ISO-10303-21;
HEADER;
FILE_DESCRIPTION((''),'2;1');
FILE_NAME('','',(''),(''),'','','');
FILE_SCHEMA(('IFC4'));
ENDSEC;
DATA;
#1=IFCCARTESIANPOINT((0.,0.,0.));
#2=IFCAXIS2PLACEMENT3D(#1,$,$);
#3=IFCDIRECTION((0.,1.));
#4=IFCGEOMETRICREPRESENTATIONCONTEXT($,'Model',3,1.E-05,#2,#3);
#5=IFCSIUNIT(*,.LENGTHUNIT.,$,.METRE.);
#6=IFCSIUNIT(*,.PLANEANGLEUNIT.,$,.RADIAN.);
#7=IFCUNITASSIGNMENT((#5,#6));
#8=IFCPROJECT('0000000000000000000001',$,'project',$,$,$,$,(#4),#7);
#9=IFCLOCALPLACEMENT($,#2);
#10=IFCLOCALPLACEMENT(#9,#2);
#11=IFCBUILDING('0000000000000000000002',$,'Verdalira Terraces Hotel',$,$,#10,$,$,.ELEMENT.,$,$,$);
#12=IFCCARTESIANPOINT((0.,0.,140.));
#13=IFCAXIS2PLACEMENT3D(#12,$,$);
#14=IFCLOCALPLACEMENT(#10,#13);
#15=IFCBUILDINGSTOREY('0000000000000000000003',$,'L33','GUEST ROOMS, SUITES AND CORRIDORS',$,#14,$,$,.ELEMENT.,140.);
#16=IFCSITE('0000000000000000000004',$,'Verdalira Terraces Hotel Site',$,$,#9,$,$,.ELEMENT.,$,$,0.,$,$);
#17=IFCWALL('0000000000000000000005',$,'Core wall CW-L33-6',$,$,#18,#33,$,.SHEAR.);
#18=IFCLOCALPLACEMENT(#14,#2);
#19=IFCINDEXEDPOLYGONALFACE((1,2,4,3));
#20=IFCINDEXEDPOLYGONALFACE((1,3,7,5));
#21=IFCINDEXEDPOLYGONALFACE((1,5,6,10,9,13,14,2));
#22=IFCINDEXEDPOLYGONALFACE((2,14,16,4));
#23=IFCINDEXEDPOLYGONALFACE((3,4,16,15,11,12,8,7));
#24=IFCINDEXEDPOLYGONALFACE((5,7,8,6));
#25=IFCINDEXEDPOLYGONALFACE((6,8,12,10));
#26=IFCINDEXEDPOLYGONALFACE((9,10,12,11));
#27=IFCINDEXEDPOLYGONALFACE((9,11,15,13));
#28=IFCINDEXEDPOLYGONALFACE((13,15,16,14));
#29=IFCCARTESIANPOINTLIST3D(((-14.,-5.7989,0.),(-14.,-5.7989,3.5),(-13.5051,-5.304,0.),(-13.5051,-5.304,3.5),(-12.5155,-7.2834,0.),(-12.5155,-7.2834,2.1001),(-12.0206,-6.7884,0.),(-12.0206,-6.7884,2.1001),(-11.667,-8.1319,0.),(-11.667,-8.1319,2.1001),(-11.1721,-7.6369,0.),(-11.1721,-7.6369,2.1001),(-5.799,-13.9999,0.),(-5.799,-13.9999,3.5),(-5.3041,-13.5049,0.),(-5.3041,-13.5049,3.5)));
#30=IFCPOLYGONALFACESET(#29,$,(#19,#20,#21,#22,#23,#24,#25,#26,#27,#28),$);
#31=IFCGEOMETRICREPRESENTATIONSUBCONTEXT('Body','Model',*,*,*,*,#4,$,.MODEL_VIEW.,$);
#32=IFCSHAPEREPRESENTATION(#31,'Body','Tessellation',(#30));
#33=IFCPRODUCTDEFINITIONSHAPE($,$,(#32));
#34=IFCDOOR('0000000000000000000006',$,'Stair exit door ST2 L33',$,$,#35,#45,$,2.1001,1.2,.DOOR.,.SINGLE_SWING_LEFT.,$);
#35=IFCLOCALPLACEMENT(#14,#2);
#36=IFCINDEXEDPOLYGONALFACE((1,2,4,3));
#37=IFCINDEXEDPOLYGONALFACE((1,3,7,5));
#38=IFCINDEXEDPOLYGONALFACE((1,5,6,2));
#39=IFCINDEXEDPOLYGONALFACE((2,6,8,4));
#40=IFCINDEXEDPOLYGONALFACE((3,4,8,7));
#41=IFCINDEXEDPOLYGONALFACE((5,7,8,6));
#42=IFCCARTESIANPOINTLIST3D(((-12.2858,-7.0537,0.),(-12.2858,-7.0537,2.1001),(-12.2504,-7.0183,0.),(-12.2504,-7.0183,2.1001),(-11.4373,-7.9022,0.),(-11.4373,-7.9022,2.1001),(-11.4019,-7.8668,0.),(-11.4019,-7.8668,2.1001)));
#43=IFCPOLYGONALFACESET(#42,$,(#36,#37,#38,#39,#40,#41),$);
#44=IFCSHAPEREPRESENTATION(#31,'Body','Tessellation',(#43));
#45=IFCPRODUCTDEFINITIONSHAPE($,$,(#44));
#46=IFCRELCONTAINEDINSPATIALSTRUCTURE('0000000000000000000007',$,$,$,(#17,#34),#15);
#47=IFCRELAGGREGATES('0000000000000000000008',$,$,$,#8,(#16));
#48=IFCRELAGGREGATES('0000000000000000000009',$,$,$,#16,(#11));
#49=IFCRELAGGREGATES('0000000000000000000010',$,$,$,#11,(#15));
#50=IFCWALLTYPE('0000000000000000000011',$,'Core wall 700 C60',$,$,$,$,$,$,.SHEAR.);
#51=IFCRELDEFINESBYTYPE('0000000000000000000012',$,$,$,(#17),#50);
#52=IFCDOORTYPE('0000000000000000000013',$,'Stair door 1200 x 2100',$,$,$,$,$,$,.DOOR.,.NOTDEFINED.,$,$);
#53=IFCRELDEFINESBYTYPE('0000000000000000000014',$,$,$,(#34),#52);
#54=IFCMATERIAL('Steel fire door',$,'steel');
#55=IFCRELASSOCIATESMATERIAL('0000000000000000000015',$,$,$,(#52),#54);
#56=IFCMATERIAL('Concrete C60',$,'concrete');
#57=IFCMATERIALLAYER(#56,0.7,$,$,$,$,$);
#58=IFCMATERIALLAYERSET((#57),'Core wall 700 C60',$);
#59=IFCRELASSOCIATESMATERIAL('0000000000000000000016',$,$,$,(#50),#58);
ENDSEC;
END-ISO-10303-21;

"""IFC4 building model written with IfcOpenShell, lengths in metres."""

from ifc_helpers import new_model, si_unit, direction, frame, frame_2d, origin, place, context, subcontext, project, spatial, rectangle, extrude, material, layer, layer_set, type_object, element, fill, save


model = new_model("IFC4")

# Units and contexts
model_context = context("Model", 3, precision=1e-05, world=origin(), true_north=direction((0.0, 1.0)))
body_context = subcontext(model_context, "Body", "Model", "MODEL_VIEW")
ifc_project = project(units=[si_unit("LENGTHUNIT", "METRE"), si_unit("PLANEANGLEUNIT", "RADIAN")], contexts=[model_context])

# Site, building, storey
site_placement = place(None, origin())
site = spatial("IfcSite", under=ifc_project, at=site_placement, Name="Verdalira Terraces Hotel Site", CompositionType="ELEMENT", RefElevation=0.0)
building_placement = place(site_placement, origin())
building = spatial("IfcBuilding", under=site, at=building_placement, Name="Verdalira Terraces Hotel", CompositionType="ELEMENT")
storey_placement = place(building_placement, frame((0.0, 0.0, 140.0)))
storey = spatial("IfcBuildingStorey", under=building, at=storey_placement, Name="L33", Description="GUEST ROOMS, SUITES AND CORRIDORS", CompositionType="ELEMENT", Elevation=140.0)

# Shared definitions
ifc_material_1 = material(Name="Steel fire door", Category="steel")
door_type_1 = type_object("IfcDoorType", Name="Stair door 1200 x 2100", OperationType="NOTDEFINED", PredefinedType="DOOR", material=ifc_material_1)

# Wall, opening, door
ifc_material_2 = material(Name="Concrete C60", Category="concrete")
ifc_layer_1 = layer(ifc_material_2, 0.7)
ifc_layer_set_1 = layer_set([ifc_layer_1], Name="Core wall 700 C60")
wall_type_1 = type_object("IfcWallType", Name="Core wall 700 C60", PredefinedType="SHEAR", material=ifc_layer_set_1)
wall_1_placement = place(storey_placement, frame((-13.7524, -5.5515, 0.0), z_axis=(0.0, 0.0, 1.0), x_axis=(0.707107, -0.707107, 0.0)))
wall_1 = element("IfcWall", 1, at=wall_1_placement, inside=storey, type_object=wall_type_1, Name="Core wall CW-L33-6", PredefinedType="SHEAR", context=body_context, shape_type="SweptSolid", body=[
    extrude(rectangle(XDim=11.5979, YDim=0.7, at=frame_2d((5.7988, 0.0))), origin(), (0.0, 0.0, 1.0), 3.5),
])
opening_1_placement = place(wall_1_placement, frame((2.0991, 0.0, 0.0)))
opening_1 = element("IfcOpeningElement", 2, at=opening_1_placement, cuts=wall_1, PredefinedType="OPENING", context=body_context, shape_type="SweptSolid", body=[
    extrude(rectangle(XDim=1.2, YDim=2.1001, at=frame_2d((0.6001, 1.05))), frame((0.0, 0.3599, 0.0), z_axis=(0.0, -1.0, 0.0), x_axis=(1.0, 0.0, 0.0)), (0.0, 0.0, 1.0), 0.72),
])
door_1_placement = place(opening_1_placement, origin())
door_1 = element("IfcDoor", 3, at=door_1_placement, inside=storey, type_object=door_type_1, Name="Stair exit door ST2 L33", OperationType="SINGLE_SWING_LEFT", OverallHeight=2.1001, OverallWidth=1.2, PredefinedType="DOOR", context=body_context, shape_type="SweptSolid", body=[
    extrude(rectangle(XDim=1.2, YDim=2.1001, at=frame_2d((0.6001, 1.05))), frame((0.0, 0.0249, 0.0), z_axis=(0.0, -1.0, 0.0), x_axis=(1.0, 0.0, 0.0)), (0.0, 0.0, 1.0), 0.05),
])
fill(opening_1, door_1)

save(model, "model.ifc")
